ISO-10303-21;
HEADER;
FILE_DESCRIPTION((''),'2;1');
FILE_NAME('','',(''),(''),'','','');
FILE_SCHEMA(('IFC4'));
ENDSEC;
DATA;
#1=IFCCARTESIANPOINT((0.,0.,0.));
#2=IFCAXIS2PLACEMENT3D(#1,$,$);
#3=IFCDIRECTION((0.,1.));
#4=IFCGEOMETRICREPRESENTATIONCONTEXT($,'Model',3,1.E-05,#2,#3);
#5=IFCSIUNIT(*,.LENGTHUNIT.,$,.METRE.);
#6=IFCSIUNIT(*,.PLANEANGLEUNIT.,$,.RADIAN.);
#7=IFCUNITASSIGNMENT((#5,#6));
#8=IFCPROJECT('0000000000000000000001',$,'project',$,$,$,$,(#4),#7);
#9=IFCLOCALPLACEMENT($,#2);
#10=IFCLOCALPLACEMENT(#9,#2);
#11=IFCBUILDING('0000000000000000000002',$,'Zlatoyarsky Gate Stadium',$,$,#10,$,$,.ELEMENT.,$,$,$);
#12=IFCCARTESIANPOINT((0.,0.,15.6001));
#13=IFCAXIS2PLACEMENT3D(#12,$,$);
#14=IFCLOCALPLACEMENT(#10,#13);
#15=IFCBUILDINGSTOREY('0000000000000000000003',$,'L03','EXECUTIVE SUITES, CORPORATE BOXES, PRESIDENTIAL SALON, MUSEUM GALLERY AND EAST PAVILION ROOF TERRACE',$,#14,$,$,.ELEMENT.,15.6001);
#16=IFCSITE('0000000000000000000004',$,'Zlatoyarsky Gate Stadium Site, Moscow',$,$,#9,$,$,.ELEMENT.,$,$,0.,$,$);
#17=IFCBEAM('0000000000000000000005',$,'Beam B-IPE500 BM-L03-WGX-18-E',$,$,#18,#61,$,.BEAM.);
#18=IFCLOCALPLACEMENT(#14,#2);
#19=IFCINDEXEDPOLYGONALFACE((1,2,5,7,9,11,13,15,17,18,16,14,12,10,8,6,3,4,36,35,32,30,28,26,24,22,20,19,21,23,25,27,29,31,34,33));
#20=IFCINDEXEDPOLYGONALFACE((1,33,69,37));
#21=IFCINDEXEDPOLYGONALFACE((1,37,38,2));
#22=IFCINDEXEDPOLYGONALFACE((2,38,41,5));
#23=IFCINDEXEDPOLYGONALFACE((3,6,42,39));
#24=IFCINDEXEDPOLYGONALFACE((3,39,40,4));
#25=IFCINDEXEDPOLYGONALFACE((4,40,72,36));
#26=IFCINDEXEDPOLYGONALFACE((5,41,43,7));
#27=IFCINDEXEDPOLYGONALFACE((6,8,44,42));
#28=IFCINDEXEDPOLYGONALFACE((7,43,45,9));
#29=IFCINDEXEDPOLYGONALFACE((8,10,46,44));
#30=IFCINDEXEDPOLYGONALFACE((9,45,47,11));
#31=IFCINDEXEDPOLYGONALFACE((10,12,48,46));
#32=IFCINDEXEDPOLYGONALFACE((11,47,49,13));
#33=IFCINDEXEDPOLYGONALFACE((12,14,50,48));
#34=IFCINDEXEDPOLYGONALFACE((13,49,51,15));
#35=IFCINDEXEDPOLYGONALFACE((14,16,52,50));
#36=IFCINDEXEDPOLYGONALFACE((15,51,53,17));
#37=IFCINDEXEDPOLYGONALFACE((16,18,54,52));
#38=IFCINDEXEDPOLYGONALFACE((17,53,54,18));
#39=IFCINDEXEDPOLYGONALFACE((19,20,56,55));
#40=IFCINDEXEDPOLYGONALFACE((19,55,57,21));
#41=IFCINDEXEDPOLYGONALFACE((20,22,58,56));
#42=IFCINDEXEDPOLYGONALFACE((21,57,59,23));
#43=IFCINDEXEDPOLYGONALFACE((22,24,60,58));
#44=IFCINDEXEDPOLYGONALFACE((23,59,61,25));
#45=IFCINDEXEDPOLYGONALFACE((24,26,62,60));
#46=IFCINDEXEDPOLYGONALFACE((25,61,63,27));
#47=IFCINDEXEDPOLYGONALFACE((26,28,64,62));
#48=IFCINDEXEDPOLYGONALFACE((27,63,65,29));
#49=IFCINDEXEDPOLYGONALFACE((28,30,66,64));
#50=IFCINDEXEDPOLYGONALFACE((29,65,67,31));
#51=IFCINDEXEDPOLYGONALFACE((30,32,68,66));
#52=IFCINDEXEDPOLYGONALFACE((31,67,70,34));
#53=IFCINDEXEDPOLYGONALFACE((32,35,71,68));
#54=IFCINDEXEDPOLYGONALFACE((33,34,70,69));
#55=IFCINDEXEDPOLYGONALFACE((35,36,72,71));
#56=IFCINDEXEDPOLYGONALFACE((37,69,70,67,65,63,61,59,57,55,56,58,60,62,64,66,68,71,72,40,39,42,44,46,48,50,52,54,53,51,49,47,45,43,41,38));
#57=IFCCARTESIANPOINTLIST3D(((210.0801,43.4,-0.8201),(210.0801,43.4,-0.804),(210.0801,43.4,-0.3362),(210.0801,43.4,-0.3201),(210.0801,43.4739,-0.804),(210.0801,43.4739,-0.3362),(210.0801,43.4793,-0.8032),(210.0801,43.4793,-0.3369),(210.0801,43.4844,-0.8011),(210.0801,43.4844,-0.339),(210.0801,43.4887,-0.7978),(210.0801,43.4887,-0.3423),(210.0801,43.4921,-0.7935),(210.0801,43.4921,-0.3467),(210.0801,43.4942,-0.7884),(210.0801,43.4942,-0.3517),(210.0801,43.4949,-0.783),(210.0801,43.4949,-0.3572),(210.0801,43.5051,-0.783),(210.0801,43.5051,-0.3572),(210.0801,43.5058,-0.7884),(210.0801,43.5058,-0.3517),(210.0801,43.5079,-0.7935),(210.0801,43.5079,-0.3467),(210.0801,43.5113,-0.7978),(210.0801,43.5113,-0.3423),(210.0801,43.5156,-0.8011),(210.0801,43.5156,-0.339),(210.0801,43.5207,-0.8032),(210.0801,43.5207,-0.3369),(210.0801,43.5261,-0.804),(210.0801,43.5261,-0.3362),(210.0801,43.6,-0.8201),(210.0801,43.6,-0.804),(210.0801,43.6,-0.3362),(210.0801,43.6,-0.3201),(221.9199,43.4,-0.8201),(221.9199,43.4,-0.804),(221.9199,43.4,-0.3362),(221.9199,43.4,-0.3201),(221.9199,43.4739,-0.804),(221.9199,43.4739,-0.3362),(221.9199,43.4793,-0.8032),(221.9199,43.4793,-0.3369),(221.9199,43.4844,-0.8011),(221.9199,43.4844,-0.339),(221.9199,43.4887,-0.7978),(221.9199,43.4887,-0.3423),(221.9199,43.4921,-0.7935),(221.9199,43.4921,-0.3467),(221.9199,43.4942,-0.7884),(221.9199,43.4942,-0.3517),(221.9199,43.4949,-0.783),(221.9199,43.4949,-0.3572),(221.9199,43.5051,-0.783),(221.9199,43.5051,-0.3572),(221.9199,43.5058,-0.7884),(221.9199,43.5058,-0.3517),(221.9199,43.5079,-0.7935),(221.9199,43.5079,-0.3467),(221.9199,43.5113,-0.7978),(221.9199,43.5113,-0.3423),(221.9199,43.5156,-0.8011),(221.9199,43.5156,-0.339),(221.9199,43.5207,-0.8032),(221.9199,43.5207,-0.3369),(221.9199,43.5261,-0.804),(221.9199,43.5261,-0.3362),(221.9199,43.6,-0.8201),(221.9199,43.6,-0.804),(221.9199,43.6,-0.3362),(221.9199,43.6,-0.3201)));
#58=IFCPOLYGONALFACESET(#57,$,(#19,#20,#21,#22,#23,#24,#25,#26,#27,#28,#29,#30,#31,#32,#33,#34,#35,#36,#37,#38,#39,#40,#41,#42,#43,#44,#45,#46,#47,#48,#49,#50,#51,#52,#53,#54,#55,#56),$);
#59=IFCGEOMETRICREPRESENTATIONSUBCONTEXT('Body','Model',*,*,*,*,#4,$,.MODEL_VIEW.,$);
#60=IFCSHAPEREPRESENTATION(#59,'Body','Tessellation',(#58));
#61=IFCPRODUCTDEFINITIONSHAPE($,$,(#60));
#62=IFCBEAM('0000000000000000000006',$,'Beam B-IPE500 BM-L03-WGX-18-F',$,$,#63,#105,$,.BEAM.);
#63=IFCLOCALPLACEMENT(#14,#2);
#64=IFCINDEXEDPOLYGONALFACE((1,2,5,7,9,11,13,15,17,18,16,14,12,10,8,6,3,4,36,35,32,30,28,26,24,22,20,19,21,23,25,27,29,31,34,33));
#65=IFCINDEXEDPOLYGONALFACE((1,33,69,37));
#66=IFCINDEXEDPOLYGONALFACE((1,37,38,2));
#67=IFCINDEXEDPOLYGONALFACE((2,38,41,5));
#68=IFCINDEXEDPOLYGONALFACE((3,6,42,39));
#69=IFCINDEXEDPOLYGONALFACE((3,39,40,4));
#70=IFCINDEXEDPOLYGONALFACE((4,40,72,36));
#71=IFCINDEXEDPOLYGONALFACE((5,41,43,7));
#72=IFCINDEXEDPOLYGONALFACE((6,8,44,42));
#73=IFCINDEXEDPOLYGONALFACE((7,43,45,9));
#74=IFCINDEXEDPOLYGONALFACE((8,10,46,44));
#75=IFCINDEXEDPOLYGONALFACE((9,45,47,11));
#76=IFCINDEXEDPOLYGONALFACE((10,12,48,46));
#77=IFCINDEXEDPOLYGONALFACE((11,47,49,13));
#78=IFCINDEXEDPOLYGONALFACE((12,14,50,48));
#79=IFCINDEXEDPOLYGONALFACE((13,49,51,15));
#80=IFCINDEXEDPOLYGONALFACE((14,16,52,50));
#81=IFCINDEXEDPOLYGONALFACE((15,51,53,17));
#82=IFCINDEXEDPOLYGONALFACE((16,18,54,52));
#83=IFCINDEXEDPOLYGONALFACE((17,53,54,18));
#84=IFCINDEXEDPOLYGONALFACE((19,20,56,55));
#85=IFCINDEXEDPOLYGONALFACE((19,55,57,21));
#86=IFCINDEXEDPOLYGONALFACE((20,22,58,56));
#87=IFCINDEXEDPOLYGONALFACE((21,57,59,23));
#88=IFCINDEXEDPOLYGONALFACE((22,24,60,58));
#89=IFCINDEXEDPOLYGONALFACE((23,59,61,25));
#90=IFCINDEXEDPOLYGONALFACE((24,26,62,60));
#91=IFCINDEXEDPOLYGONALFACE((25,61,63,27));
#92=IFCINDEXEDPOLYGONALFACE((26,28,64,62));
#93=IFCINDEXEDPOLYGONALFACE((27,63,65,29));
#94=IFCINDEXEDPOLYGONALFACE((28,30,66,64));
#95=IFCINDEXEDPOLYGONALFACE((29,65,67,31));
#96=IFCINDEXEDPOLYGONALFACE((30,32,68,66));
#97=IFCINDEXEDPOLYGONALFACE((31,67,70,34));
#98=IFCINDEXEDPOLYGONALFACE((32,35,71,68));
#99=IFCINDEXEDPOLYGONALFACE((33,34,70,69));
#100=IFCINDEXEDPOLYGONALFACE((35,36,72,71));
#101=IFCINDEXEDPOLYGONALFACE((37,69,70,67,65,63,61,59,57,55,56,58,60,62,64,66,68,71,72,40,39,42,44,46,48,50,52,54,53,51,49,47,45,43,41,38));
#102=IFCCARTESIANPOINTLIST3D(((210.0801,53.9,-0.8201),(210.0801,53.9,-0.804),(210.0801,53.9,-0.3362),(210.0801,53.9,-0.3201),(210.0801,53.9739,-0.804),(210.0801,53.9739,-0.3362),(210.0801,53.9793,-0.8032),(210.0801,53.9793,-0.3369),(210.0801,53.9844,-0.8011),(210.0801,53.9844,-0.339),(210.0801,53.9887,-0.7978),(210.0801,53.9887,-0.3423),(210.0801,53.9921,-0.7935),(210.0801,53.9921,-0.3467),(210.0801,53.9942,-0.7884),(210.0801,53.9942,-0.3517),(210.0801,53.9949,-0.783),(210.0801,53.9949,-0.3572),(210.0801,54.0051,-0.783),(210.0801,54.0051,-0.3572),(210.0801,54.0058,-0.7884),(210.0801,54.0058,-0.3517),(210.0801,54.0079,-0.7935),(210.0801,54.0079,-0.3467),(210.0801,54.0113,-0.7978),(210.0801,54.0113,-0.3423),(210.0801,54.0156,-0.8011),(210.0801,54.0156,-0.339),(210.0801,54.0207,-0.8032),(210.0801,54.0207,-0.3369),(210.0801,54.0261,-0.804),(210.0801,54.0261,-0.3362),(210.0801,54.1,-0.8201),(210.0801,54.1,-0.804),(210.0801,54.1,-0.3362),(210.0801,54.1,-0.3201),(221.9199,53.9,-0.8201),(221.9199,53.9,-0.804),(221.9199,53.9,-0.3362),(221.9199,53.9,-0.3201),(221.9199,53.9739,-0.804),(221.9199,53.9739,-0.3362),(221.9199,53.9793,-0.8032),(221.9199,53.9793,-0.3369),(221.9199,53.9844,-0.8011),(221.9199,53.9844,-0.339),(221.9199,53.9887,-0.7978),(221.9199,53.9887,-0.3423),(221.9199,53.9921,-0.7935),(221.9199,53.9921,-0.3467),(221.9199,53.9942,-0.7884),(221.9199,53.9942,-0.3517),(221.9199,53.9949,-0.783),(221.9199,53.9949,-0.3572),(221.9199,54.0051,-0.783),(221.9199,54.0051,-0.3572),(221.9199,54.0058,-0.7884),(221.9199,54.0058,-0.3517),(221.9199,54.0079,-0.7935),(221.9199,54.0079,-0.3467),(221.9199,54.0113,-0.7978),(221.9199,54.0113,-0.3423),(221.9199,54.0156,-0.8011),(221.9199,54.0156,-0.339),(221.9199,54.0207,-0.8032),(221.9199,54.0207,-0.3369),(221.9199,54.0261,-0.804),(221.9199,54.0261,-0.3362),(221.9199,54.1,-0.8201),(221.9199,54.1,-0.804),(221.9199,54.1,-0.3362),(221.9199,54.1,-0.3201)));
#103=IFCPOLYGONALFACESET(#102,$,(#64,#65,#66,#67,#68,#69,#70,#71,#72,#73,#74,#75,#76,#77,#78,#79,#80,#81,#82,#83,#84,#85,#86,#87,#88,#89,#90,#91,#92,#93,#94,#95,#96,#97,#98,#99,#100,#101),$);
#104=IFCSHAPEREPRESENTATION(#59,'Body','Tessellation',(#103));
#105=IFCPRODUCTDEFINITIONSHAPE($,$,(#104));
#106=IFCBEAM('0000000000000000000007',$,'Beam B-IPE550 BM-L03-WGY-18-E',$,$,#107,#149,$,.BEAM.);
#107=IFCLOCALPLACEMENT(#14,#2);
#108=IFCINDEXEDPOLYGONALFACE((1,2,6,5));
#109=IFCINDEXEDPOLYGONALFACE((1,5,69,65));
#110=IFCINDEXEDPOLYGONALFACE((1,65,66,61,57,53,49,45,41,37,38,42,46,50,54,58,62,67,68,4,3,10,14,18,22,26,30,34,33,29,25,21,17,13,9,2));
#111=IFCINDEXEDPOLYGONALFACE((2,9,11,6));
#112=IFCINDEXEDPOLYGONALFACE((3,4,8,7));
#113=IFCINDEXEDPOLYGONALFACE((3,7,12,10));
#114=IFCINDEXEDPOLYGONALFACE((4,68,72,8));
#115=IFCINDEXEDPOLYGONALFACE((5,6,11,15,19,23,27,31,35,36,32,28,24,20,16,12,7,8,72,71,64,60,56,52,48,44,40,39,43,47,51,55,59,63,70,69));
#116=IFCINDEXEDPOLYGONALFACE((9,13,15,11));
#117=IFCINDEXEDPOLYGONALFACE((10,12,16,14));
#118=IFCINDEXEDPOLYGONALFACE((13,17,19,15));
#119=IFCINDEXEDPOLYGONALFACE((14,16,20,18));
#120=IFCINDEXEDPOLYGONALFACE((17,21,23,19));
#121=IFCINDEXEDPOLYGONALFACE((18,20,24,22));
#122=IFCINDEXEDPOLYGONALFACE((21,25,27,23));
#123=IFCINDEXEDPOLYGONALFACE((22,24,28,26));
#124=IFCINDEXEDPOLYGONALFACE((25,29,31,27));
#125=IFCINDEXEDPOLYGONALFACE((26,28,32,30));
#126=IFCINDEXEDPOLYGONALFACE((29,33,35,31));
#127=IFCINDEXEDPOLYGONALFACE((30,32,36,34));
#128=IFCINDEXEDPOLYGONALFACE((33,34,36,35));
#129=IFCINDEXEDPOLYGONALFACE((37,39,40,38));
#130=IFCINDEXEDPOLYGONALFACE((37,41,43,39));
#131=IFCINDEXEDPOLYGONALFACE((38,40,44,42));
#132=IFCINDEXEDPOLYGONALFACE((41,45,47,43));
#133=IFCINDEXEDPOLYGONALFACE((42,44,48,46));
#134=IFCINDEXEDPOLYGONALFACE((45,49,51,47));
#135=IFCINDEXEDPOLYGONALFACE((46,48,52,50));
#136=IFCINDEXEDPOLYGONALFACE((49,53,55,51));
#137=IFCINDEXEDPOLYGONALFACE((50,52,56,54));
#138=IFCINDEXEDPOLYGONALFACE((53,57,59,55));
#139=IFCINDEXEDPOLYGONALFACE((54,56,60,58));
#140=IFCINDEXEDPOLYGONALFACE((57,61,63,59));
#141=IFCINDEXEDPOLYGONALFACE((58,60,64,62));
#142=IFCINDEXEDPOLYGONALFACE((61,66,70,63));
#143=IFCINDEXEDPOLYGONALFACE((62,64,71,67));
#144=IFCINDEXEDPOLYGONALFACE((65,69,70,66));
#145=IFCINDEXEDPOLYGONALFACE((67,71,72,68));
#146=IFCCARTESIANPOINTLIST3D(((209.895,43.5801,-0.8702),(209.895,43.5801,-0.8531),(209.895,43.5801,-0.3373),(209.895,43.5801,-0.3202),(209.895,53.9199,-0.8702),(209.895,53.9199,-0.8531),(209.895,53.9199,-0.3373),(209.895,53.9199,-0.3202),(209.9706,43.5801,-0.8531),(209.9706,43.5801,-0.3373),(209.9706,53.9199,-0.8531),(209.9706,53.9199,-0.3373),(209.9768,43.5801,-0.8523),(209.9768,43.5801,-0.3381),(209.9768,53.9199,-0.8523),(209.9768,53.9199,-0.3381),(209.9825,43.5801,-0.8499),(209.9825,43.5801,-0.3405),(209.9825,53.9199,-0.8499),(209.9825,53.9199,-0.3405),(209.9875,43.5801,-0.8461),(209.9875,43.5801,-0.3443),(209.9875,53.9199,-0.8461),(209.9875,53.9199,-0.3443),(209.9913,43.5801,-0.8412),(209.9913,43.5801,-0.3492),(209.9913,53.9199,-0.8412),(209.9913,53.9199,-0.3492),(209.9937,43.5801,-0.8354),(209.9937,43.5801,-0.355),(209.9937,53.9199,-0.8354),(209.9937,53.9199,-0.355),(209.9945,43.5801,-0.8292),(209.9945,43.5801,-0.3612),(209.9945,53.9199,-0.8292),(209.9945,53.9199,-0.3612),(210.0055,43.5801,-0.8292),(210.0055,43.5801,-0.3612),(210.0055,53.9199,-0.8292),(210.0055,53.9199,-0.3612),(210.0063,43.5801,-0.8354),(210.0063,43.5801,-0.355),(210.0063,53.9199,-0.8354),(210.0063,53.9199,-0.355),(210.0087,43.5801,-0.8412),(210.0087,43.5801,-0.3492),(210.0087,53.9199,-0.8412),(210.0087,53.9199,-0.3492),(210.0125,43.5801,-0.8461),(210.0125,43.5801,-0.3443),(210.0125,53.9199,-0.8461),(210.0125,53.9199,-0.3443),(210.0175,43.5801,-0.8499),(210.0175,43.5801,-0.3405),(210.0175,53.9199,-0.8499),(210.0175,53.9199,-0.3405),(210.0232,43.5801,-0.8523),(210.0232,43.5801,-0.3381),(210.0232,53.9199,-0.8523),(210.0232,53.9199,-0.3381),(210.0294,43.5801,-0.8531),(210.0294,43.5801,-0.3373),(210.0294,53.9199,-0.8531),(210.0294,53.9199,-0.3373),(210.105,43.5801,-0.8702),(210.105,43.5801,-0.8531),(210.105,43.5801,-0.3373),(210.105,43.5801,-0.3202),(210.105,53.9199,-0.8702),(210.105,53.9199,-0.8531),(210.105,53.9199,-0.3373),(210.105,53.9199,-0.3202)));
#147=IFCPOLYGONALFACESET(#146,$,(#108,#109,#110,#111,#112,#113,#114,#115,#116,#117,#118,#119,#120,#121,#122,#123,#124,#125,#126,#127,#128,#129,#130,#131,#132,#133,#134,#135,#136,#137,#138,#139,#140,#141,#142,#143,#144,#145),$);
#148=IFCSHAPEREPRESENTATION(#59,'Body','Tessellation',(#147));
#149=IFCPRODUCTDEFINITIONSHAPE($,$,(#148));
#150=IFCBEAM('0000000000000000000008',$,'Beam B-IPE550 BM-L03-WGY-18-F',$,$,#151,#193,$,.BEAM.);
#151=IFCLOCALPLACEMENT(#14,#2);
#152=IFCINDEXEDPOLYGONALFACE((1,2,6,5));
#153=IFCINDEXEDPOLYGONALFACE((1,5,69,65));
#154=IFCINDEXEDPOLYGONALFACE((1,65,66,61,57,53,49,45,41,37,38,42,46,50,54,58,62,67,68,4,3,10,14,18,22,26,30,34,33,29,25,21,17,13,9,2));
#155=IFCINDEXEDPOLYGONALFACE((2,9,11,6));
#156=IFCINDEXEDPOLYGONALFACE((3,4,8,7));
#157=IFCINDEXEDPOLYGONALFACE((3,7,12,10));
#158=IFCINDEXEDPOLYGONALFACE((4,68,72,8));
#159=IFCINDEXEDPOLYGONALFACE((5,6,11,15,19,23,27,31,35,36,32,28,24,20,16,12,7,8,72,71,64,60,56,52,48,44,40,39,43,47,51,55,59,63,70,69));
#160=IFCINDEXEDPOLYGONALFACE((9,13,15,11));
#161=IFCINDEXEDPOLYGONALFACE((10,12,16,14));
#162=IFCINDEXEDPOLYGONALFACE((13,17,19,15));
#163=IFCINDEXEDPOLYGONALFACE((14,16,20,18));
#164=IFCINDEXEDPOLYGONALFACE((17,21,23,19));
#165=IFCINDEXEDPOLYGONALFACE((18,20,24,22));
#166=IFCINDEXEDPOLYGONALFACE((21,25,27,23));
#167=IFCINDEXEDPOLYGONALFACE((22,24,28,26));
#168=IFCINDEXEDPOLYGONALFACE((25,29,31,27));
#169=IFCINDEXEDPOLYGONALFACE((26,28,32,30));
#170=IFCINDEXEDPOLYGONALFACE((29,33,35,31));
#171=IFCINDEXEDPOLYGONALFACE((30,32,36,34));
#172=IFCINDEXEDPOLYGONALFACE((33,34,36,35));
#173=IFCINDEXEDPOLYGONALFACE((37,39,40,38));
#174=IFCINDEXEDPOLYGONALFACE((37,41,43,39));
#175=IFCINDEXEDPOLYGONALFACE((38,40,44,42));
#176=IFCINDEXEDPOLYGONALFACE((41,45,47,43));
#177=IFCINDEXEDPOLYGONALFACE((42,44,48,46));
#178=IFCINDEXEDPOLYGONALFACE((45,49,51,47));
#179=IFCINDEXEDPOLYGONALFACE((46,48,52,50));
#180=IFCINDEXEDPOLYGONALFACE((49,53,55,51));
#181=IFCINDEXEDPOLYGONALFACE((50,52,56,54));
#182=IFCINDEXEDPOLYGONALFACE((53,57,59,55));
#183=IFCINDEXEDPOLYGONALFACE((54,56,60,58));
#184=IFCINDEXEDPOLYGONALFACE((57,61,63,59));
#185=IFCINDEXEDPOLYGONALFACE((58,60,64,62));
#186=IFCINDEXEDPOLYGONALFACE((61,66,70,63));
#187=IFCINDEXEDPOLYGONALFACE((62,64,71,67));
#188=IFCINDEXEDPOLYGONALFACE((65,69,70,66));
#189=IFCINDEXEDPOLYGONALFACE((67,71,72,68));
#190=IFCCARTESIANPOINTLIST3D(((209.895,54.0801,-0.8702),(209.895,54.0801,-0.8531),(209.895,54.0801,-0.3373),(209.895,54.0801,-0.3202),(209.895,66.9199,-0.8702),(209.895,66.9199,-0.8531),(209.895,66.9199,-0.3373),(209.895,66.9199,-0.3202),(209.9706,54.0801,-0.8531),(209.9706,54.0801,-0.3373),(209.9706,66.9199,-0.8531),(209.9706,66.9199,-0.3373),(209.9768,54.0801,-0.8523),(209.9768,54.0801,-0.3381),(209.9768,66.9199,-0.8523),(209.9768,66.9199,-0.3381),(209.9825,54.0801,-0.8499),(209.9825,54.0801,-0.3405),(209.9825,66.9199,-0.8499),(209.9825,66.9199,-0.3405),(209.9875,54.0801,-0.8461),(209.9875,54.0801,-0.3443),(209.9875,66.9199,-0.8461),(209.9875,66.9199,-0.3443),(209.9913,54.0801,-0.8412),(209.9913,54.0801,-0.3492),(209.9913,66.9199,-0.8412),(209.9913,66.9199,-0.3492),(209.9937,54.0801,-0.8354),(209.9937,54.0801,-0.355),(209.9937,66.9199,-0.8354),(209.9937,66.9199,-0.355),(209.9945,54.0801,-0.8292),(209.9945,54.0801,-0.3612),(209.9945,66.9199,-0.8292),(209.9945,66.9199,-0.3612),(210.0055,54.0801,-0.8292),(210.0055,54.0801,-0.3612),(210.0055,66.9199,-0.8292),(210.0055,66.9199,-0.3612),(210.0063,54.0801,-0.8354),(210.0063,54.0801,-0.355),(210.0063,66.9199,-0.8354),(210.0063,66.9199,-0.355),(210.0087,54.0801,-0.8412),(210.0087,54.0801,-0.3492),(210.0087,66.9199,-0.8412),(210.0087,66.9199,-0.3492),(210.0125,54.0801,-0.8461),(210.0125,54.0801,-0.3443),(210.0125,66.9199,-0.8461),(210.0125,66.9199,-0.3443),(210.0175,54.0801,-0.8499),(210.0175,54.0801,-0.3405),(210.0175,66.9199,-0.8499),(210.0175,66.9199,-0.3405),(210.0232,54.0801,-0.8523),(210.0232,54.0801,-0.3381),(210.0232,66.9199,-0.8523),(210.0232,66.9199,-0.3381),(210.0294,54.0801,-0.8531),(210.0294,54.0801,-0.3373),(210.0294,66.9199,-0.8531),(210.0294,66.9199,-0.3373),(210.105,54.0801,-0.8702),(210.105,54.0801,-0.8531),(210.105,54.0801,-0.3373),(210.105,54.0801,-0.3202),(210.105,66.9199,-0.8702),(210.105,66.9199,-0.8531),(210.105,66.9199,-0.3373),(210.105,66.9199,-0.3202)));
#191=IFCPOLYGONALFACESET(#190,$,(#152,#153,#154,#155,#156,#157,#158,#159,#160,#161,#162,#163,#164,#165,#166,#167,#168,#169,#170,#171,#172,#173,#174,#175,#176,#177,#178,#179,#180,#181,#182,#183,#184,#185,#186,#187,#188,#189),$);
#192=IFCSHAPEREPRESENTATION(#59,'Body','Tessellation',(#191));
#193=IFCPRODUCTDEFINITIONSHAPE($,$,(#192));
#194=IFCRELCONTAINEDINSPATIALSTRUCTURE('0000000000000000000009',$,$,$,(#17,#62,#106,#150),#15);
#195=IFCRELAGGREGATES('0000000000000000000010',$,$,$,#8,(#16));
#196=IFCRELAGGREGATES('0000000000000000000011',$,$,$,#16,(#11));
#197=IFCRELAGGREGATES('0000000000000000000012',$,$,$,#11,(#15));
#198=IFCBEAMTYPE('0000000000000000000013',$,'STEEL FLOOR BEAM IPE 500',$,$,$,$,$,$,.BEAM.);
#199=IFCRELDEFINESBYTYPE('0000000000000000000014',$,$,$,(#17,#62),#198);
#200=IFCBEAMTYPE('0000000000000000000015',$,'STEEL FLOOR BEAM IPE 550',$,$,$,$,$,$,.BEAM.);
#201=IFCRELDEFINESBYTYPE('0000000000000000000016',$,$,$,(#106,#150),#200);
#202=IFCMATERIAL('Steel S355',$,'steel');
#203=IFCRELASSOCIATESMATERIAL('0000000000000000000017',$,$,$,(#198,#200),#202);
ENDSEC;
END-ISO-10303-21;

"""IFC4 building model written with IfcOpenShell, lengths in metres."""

from ifc_helpers import new_model, si_unit, direction, frame, origin, origin_2d, place, context, subcontext, project, spatial, i_section, extrude, material, material_profile, profile_set, type_object, element, save


model = new_model("IFC4")

# Units and contexts
model_context = context("Model", 3, precision=1e-05, world=origin(), true_north=direction((0.0, 1.0)))
body_context = subcontext(model_context, "Body", "Model", "MODEL_VIEW")
ifc_project = project(units=[si_unit("LENGTHUNIT", "METRE"), si_unit("PLANEANGLEUNIT", "RADIAN")], contexts=[model_context])

# Site, building, storey
site_placement = place(None, origin())
site = spatial("IfcSite", under=ifc_project, at=site_placement, Name="Zlatoyarsky Gate Stadium Site, Moscow", CompositionType="ELEMENT", RefElevation=0.0)
building_placement = place(site_placement, origin())
building = spatial("IfcBuilding", under=site, at=building_placement, Name="Zlatoyarsky Gate Stadium", CompositionType="ELEMENT")
storey_placement = place(building_placement, frame((0.0, 0.0, 15.6001)))
storey = spatial("IfcBuildingStorey", under=building, at=storey_placement, Name="L03", Description="EXECUTIVE SUITES, CORPORATE BOXES, PRESIDENTIAL SALON, MUSEUM GALLERY AND EAST PAVILION ROOF TERRACE", CompositionType="ELEMENT", Elevation=15.6001)

# Shared definitions
ifc_material_1 = material(Name="Steel S355", Category="steel")

# Beams
ifc_material_profile_1 = material_profile(ifc_material_1, i_section(OverallWidth=0.2, OverallDepth=0.5, WebThickness=0.0103, FlangeThickness=0.0161, FilletRadius=0.021, at=origin_2d()), Name="IPE 500")
ifc_profile_set_1 = profile_set([ifc_material_profile_1], Name="Steel S355")
beam_type_1 = type_object("IfcBeamType", Name="STEEL FLOOR BEAM IPE 500", PredefinedType="BEAM", material=ifc_profile_set_1)
for number, where, z_axis, x_axis, name in (
    (1, (210.0801, 43.5, -0.5701), (1.0, 0.0, 0.0), (0.0, 1.0, 0.0), "Beam B-IPE500 BM-L03-WGX-18-E"),
    (2, (210.0801, 54.0, -0.5701), (1.0, 0.0, 0.0), (0.0, 1.0, 0.0), "Beam B-IPE500 BM-L03-WGX-18-F"),
):
    element("IfcBeam", number, at=place(storey_placement, frame(where, z_axis=z_axis, x_axis=x_axis)), inside=storey, type_object=beam_type_1, Name=name, PredefinedType="BEAM", context=body_context, shape_type="SweptSolid", body=[
        extrude(i_section(OverallWidth=0.2, OverallDepth=0.5, WebThickness=0.0103, FlangeThickness=0.0161, FilletRadius=0.021, at=origin_2d()), origin(), (0.0, 0.0, 1.0), 11.8398),
    ])
ifc_material_profile_2 = material_profile(ifc_material_1, i_section(OverallWidth=0.21, OverallDepth=0.55, WebThickness=0.011, FlangeThickness=0.0171, FilletRadius=0.0239, at=origin_2d()), Name="IPE 550")
ifc_profile_set_2 = profile_set([ifc_material_profile_2], Name="Steel S355")
beam_type_2 = type_object("IfcBeamType", Name="STEEL FLOOR BEAM IPE 550", PredefinedType="BEAM", material=ifc_profile_set_2)
beam_1_placement = place(storey_placement, frame((210.0, 43.5801, -0.5952), z_axis=(0.0, 1.0, 0.0), x_axis=(-1.0, 0.0, 0.0)))
element("IfcBeam", 3, at=beam_1_placement, inside=storey, type_object=beam_type_2, Name="Beam B-IPE550 BM-L03-WGY-18-E", PredefinedType="BEAM", context=body_context, shape_type="SweptSolid", body=[
    extrude(i_section(OverallWidth=0.21, OverallDepth=0.55, WebThickness=0.011, FlangeThickness=0.0171, FilletRadius=0.0239, at=origin_2d()), origin(), (0.0, 0.0, 1.0), 10.3398),
])
beam_2_placement = place(storey_placement, frame((210.0, 54.0801, -0.5952), z_axis=(0.0, 1.0, 0.0), x_axis=(-1.0, 0.0, 0.0)))
element("IfcBeam", 4, at=beam_2_placement, inside=storey, type_object=beam_type_2, Name="Beam B-IPE550 BM-L03-WGY-18-F", PredefinedType="BEAM", context=body_context, shape_type="SweptSolid", body=[
    extrude(i_section(OverallWidth=0.21, OverallDepth=0.55, WebThickness=0.011, FlangeThickness=0.0171, FilletRadius=0.0239, at=origin_2d()), origin(), (0.0, 0.0, 1.0), 12.8398),
])

save(model, "model.ifc")
